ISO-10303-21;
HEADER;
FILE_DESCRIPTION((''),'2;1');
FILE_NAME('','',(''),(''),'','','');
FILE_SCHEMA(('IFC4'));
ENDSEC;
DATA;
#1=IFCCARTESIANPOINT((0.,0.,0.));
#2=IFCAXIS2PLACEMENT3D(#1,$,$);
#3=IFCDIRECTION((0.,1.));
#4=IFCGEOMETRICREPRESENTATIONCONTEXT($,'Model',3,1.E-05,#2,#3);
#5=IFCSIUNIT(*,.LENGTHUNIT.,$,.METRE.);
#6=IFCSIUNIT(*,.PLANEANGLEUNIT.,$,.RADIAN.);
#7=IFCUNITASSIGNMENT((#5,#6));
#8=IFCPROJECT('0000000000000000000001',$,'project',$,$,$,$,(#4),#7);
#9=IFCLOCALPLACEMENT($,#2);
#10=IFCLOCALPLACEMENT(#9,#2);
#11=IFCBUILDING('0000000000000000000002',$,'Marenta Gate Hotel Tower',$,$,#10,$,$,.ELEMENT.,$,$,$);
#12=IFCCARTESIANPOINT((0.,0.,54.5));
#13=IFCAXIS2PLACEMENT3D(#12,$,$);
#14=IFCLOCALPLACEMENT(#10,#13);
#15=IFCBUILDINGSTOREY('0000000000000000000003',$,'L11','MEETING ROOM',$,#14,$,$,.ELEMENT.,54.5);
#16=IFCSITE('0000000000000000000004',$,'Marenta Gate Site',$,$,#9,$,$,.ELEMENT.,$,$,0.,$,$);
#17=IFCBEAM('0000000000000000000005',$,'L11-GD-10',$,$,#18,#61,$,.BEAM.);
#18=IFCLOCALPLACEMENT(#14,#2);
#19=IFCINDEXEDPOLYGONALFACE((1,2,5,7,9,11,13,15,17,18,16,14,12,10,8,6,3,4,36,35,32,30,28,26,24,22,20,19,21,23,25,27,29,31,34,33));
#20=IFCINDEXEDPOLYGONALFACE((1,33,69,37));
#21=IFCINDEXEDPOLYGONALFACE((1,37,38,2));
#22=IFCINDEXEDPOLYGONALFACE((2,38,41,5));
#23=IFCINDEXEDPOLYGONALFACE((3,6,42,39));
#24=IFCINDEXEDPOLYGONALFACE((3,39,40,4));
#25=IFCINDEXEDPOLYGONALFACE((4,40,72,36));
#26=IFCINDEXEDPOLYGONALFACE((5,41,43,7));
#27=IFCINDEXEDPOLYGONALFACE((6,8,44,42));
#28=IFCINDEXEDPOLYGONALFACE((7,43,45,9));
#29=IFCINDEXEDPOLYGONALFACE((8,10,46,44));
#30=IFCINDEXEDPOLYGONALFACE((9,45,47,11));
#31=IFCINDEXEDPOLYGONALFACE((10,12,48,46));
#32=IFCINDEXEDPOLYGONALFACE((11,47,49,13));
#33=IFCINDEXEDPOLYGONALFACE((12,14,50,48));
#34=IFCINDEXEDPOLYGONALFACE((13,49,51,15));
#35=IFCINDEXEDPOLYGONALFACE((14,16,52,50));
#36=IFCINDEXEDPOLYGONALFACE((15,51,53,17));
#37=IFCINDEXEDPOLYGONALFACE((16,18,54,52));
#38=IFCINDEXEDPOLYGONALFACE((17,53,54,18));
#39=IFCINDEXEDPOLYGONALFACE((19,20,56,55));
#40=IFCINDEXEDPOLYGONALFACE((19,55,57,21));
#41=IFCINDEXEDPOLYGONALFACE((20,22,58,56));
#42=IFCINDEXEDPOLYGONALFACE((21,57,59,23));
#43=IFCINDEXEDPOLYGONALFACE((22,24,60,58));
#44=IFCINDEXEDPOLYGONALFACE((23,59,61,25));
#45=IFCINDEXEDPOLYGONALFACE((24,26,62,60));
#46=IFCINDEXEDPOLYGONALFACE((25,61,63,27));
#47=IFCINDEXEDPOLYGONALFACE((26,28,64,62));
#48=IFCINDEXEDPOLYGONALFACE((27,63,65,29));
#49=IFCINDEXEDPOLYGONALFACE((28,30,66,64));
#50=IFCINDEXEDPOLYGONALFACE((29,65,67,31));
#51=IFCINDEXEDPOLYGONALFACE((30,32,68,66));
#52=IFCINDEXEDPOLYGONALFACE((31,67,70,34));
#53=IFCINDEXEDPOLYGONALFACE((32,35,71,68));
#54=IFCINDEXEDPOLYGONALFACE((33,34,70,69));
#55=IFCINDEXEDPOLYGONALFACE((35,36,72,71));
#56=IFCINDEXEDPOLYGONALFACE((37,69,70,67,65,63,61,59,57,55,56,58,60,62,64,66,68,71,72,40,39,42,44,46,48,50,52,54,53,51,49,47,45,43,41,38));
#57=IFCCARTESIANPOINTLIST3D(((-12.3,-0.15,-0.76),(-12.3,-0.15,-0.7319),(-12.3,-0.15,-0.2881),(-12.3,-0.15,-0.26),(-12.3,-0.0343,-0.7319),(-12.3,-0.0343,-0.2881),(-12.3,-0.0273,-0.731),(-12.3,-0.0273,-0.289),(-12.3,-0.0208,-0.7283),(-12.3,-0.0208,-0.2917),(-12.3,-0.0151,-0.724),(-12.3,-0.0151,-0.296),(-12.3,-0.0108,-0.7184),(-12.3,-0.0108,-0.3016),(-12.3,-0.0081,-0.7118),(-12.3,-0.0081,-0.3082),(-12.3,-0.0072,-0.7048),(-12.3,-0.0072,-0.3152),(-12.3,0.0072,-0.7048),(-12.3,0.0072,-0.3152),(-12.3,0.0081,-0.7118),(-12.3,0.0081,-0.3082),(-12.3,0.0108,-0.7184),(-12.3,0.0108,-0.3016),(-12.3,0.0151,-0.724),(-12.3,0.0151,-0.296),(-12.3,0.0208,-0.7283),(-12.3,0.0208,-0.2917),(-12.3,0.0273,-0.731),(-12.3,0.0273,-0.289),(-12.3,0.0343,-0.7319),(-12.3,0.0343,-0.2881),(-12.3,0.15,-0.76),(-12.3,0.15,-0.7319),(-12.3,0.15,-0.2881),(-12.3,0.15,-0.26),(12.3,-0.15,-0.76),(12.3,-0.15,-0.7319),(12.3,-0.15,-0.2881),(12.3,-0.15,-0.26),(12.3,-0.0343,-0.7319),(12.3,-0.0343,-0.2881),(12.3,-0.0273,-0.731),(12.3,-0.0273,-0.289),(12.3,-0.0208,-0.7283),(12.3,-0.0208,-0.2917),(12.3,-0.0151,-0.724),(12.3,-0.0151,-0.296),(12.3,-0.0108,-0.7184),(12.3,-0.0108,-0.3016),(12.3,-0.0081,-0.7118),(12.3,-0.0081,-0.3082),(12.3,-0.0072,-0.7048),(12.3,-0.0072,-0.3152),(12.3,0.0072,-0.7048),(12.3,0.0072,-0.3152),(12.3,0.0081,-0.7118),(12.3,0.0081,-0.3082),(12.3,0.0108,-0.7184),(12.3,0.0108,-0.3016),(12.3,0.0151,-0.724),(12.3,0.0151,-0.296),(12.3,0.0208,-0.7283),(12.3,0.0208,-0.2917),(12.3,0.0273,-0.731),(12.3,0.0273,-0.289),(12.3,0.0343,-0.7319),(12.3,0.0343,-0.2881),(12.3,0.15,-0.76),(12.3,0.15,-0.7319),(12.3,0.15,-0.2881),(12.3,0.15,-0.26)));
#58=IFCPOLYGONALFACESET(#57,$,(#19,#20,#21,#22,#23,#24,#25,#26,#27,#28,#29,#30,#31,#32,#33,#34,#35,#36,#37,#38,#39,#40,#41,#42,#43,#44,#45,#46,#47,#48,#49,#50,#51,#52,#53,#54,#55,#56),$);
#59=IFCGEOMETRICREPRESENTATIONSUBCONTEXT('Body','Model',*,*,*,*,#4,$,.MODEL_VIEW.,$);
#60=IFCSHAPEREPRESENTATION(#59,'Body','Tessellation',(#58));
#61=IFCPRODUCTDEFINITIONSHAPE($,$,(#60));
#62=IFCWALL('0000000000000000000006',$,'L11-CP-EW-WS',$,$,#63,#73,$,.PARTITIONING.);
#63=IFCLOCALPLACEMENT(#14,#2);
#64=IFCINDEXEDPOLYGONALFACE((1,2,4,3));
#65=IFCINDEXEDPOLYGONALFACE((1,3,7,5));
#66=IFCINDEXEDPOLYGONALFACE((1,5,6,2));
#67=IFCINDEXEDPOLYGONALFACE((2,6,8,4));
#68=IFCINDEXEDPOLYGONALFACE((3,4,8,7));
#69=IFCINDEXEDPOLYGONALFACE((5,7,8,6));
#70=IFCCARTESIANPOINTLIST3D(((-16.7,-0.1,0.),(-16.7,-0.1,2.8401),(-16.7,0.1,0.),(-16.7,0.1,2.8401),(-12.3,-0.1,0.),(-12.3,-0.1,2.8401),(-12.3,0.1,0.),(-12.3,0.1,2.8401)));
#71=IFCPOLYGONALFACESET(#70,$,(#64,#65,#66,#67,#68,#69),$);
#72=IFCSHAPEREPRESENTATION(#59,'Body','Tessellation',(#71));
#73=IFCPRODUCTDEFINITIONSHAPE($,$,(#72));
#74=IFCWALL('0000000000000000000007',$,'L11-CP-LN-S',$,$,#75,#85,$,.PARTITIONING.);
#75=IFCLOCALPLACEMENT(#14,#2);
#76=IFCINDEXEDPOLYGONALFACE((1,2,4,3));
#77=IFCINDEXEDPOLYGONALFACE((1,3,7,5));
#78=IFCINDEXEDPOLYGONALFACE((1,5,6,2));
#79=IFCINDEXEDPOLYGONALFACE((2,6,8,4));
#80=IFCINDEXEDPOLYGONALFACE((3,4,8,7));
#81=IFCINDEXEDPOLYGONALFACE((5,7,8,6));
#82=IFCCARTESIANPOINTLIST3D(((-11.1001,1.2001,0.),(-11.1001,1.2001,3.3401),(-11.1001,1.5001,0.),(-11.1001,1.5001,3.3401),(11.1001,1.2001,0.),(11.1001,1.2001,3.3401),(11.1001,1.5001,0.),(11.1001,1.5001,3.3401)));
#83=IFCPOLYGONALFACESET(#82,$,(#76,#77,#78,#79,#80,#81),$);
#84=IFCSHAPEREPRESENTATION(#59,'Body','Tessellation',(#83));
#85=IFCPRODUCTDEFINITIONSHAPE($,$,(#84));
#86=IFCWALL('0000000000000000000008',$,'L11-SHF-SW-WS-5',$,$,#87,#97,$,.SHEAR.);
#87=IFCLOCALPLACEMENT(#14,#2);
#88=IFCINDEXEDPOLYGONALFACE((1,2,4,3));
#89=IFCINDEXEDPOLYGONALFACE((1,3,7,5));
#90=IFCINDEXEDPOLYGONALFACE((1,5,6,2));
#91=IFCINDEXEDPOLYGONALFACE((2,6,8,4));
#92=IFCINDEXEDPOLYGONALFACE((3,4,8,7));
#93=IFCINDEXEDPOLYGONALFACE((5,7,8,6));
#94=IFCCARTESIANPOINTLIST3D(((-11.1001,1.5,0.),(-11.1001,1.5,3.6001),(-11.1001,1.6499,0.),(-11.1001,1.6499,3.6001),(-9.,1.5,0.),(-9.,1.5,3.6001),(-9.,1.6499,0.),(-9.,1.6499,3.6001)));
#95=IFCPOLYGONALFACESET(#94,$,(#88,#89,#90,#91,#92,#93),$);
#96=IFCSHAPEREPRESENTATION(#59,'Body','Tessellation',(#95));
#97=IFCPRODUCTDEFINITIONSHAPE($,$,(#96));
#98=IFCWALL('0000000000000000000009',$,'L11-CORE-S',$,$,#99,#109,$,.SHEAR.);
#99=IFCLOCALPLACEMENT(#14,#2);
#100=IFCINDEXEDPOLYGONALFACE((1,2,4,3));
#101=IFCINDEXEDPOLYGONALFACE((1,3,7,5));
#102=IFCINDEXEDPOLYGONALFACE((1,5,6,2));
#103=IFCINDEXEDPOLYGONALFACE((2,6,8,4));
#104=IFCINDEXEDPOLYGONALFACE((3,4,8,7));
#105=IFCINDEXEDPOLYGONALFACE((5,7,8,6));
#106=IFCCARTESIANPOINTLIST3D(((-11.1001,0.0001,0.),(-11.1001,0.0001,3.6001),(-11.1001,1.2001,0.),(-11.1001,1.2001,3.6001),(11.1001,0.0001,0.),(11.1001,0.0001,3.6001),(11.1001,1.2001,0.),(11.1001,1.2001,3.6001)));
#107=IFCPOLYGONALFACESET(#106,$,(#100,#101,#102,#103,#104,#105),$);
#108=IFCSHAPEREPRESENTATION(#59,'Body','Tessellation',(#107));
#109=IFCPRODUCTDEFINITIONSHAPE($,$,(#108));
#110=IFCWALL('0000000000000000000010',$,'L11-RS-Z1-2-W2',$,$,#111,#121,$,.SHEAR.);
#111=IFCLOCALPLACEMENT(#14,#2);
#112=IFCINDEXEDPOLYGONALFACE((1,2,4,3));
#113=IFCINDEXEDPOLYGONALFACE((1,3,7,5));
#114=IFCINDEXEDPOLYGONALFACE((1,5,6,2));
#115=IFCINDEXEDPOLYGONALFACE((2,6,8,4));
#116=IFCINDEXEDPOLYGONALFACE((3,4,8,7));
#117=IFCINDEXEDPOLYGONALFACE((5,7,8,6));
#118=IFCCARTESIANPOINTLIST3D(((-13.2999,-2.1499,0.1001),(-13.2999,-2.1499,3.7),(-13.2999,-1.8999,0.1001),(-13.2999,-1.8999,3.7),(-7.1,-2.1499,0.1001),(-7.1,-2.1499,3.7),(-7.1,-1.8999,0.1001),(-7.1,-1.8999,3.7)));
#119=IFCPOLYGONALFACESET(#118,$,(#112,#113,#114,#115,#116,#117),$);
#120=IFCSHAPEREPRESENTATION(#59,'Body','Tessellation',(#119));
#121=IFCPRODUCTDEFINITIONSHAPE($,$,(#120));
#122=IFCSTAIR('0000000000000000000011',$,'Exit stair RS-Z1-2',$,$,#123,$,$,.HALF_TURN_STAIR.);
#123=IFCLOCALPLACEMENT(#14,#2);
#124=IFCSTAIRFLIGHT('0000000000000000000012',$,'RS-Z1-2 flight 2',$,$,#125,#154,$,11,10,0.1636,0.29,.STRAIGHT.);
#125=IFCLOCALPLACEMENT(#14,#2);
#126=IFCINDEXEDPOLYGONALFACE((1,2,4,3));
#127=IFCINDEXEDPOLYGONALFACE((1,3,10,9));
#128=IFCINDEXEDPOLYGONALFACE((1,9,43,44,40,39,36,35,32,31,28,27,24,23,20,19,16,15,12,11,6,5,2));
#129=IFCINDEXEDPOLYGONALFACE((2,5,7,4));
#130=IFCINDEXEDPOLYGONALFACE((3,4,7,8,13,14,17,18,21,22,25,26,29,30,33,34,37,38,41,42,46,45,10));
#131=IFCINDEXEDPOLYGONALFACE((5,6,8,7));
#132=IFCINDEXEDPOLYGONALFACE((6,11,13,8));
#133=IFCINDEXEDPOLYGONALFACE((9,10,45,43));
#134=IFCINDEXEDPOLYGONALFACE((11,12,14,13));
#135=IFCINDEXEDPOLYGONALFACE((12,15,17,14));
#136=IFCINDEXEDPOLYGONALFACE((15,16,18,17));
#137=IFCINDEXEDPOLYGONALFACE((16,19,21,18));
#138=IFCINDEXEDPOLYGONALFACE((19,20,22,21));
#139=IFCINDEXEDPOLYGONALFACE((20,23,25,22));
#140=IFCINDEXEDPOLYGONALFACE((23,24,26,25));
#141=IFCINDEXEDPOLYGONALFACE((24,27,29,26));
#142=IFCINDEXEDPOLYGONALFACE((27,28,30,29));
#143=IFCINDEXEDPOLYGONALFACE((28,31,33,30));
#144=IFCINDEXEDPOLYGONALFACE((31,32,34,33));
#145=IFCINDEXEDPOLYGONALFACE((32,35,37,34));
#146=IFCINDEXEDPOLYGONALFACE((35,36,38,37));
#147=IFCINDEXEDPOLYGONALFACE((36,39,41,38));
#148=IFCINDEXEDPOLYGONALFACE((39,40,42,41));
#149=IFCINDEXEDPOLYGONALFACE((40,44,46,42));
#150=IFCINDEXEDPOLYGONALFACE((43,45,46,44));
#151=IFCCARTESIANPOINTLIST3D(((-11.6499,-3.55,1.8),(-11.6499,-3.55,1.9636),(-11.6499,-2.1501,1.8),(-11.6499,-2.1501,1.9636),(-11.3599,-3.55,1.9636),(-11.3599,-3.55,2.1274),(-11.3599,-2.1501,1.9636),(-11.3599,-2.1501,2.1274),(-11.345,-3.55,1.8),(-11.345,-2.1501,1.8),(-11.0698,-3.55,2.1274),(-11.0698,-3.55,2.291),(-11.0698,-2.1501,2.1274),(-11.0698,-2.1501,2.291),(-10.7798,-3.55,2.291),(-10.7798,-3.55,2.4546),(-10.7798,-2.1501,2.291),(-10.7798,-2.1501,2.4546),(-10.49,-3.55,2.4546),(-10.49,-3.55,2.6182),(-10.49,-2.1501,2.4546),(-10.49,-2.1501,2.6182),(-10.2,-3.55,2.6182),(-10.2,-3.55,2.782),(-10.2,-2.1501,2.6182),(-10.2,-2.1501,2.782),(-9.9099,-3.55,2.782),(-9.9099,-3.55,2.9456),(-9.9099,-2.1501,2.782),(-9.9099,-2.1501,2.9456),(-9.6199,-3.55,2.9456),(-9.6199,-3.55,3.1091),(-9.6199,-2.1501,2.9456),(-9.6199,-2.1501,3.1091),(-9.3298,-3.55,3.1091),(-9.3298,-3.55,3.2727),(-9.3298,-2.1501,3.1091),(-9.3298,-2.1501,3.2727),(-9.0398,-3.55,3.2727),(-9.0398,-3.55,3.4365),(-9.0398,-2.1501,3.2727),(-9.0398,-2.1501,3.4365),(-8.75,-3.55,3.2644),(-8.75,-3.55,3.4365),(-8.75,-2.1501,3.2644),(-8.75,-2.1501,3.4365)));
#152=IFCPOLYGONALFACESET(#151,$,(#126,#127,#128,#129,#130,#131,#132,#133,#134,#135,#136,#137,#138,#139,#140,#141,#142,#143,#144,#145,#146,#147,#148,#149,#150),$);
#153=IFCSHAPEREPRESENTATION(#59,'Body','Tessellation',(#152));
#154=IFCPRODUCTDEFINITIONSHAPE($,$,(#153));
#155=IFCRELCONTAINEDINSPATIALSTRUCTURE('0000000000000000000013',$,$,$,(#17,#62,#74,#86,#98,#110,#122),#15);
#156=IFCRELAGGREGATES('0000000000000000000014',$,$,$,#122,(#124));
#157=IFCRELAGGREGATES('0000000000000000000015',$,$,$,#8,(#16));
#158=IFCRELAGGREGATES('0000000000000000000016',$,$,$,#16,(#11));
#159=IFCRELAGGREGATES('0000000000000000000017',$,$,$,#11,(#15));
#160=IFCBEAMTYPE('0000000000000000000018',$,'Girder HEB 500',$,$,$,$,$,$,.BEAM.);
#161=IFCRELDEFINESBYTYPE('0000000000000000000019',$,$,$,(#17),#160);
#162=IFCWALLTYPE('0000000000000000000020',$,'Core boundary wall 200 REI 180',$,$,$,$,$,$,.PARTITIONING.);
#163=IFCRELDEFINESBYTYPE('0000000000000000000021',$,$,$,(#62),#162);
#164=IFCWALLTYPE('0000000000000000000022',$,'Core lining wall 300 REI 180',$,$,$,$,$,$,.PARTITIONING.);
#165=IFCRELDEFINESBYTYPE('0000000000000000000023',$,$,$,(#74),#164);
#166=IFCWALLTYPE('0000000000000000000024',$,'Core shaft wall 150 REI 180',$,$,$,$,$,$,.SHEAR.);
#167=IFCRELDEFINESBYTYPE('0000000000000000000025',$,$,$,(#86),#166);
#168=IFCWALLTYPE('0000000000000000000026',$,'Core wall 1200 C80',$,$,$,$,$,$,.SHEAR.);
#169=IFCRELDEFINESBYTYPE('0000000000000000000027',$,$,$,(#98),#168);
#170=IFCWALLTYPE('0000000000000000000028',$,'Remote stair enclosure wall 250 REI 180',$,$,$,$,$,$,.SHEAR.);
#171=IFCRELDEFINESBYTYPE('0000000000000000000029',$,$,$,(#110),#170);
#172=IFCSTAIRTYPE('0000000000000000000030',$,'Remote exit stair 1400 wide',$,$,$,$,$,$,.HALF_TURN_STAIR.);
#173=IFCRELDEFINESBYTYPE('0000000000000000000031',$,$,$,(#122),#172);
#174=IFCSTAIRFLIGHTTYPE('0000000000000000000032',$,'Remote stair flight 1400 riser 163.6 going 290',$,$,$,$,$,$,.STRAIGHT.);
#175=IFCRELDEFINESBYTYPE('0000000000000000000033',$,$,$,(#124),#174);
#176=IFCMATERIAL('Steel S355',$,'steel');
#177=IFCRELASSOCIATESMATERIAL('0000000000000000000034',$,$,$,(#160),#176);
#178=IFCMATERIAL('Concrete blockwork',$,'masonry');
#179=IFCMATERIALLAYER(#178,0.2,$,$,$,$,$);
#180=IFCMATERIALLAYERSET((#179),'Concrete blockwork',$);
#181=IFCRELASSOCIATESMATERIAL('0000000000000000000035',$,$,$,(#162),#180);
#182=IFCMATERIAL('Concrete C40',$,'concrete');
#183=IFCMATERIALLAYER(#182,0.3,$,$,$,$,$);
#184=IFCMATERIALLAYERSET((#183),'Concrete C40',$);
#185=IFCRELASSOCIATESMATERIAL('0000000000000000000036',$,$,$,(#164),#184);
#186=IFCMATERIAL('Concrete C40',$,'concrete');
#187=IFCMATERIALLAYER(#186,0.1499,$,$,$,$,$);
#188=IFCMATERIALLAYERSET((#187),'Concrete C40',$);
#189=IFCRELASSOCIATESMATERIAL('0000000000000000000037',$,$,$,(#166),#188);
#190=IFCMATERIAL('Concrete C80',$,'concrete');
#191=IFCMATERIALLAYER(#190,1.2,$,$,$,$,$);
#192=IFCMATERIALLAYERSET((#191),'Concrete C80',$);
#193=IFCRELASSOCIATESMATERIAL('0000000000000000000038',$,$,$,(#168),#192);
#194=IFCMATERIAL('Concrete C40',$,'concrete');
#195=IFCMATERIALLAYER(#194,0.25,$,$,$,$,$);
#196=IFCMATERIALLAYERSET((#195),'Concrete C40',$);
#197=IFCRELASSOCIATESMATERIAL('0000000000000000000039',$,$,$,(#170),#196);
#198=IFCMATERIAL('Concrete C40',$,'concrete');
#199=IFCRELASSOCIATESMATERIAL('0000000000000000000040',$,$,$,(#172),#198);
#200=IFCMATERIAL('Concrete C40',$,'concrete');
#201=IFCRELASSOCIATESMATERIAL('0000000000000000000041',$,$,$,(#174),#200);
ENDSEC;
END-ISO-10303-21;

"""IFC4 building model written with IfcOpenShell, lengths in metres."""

from ifc_helpers import new_model, si_unit, direction, frame, frame_2d, origin, origin_2d, place, context, subcontext, project, spatial, polyline, rectangle, i_section, outline, extrude, material, layer, layer_set, material_profile, profile_set, type_object, element, aggregate, save


model = new_model("IFC4")

# Units and contexts
model_context = context("Model", 3, precision=1e-05, world=origin(), true_north=direction((0.0, 1.0)))
body_context = subcontext(model_context, "Body", "Model", "MODEL_VIEW")
ifc_project = project(units=[si_unit("LENGTHUNIT", "METRE"), si_unit("PLANEANGLEUNIT", "RADIAN")], contexts=[model_context])

# Site, building, storey
site_placement = place(None, origin())
site = spatial("IfcSite", under=ifc_project, at=site_placement, Name="Marenta Gate Site", CompositionType="ELEMENT", RefElevation=0.0)
building_placement = place(site_placement, origin())
building = spatial("IfcBuilding", under=site, at=building_placement, Name="Marenta Gate Hotel Tower", CompositionType="ELEMENT")
storey_placement = place(building_placement, frame((0.0, 0.0, 54.5)))
storey = spatial("IfcBuildingStorey", under=building, at=storey_placement, Name="L11", Description="MEETING ROOM", CompositionType="ELEMENT", Elevation=54.5)

# Beam
ifc_material_1 = material(Name="Steel S355", Category="steel")
ifc_material_profile = material_profile(ifc_material_1, i_section(OverallWidth=0.3, OverallDepth=0.5, WebThickness=0.0144, FlangeThickness=0.0281, FilletRadius=0.0271, at=origin_2d()), Name="HEB 500")
ifc_profile_set = profile_set([ifc_material_profile], Name="Steel S355")
beam_type = type_object("IfcBeamType", Name="Girder HEB 500", PredefinedType="BEAM", material=ifc_profile_set)
beam_placement = place(storey_placement, frame((-12.3, 0.0, -0.51), z_axis=(1.0, 0.0, 0.0), x_axis=(0.0, 1.0, 0.0)))
element("IfcBeam", 1, at=beam_placement, inside=storey, type_object=beam_type, Name="L11-GD-10", PredefinedType="BEAM", context=body_context, shape_type="SweptSolid", body=[
    extrude(i_section(OverallWidth=0.3, OverallDepth=0.5, WebThickness=0.0144, FlangeThickness=0.0281, FilletRadius=0.0271, at=origin_2d()), origin(), (0.0, 0.0, 1.0), 24.6001),
])

# Walls
ifc_material_2 = material(Name="Concrete blockwork", Category="masonry")
ifc_layer_1 = layer(ifc_material_2, 0.2)
ifc_layer_set_1 = layer_set([ifc_layer_1], Name="Concrete blockwork")
wall_type_1 = type_object("IfcWallType", Name="Core boundary wall 200 REI 180", PredefinedType="PARTITIONING", material=ifc_layer_set_1)
wall_1_placement = place(storey_placement, frame((-16.7, 0.0, 0.0), z_axis=(0.0, 0.0, 1.0), x_axis=(1.0, 0.0, 0.0)))
element("IfcWall", 2, at=wall_1_placement, inside=storey, type_object=wall_type_1, Name="L11-CP-EW-WS", PredefinedType="PARTITIONING", context=body_context, shape_type="SweptSolid", body=[
    extrude(rectangle(XDim=4.3999, YDim=0.2, at=frame_2d((2.2, 0.0))), origin(), (0.0, 0.0, 1.0), 2.8401),
])
ifc_material_3 = material(Name="Concrete C40", Category="concrete")
ifc_layer_2 = layer(ifc_material_3, 0.3)
ifc_layer_set_2 = layer_set([ifc_layer_2], Name="Concrete C40")
wall_type_2 = type_object("IfcWallType", Name="Core lining wall 300 REI 180", PredefinedType="PARTITIONING", material=ifc_layer_set_2)
wall_2_placement = place(storey_placement, frame((-11.1001, 1.3501, 0.0), z_axis=(0.0, 0.0, 1.0), x_axis=(1.0, 0.0, 0.0)))
element("IfcWall", 3, at=wall_2_placement, inside=storey, type_object=wall_type_2, Name="L11-CP-LN-S", PredefinedType="PARTITIONING", context=body_context, shape_type="SweptSolid", body=[
    extrude(rectangle(XDim=22.2002, YDim=0.3, at=frame_2d((11.1001, 0.0))), origin(), (0.0, 0.0, 1.0), 3.3401),
])
ifc_material_4 = material(Name="Concrete C40", Category="concrete")
ifc_layer_3 = layer(ifc_material_4, 0.1499)
ifc_layer_set_3 = layer_set([ifc_layer_3], Name="Concrete C40")
wall_type_3 = type_object("IfcWallType", Name="Core shaft wall 150 REI 180", PredefinedType="SHEAR", material=ifc_layer_set_3)
wall_3_placement = place(storey_placement, frame((-11.1001, 1.575, 0.0), z_axis=(0.0, 0.0, 1.0), x_axis=(1.0, 0.0, 0.0)))
element("IfcWall", 4, at=wall_3_placement, inside=storey, type_object=wall_type_3, Name="L11-SHF-SW-WS-5", PredefinedType="SHEAR", context=body_context, shape_type="SweptSolid", body=[
    extrude(rectangle(XDim=2.1001, YDim=0.1499, at=frame_2d((1.05, 0.0))), origin(), (0.0, 0.0, 1.0), 3.6001),
])

# Shared definitions
ifc_material_5 = material(Name="Concrete C80", Category="concrete")
ifc_layer_4 = layer(ifc_material_5, 1.2)
ifc_layer_set_4 = layer_set([ifc_layer_4], Name="Concrete C80")
wall_type_4 = type_object("IfcWallType", Name="Core wall 1200 C80", PredefinedType="SHEAR", material=ifc_layer_set_4)

# Walls
wall_4_placement = place(storey_placement, frame((-11.1001, 0.6001, 0.0), z_axis=(0.0, 0.0, 1.0), x_axis=(1.0, 0.0, 0.0)))
element("IfcWall", 5, at=wall_4_placement, inside=storey, type_object=wall_type_4, Name="L11-CORE-S", PredefinedType="SHEAR", context=body_context, shape_type="SweptSolid", body=[
    extrude(rectangle(XDim=22.2002, YDim=1.2, at=frame_2d((11.1001, 0.0))), origin(), (0.0, 0.0, 1.0), 3.6001),
])
ifc_material_6 = material(Name="Concrete C40", Category="concrete")
ifc_layer_5 = layer(ifc_material_6, 0.25)
ifc_layer_set_5 = layer_set([ifc_layer_5], Name="Concrete C40")
wall_type_5 = type_object("IfcWallType", Name="Remote stair enclosure wall 250 REI 180", PredefinedType="SHEAR", material=ifc_layer_set_5)
wall_5_placement = place(storey_placement, frame((-13.3, -2.0249, 0.1001), z_axis=(0.0, 0.0, 1.0), x_axis=(1.0, 0.0, 0.0)))
element("IfcWall", 6, at=wall_5_placement, inside=storey, type_object=wall_type_5, Name="L11-RS-Z1-2-W2", PredefinedType="SHEAR", context=body_context, shape_type="SweptSolid", body=[
    extrude(rectangle(XDim=6.2, YDim=0.25, at=frame_2d((3.1001, 0.0))), origin(), (0.0, 0.0, 1.0), 3.5999),
])

# Stair, stair flight
ifc_material_7 = material(Name="Concrete C40", Category="concrete")
stair_type = type_object("IfcStairType", Name="Remote exit stair 1400 wide", PredefinedType="HALF_TURN_STAIR", material=ifc_material_7)
stair_placement = place(storey_placement, origin())
stair = element("IfcStair", 7, at=stair_placement, inside=storey, type_object=stair_type, Name="Exit stair RS-Z1-2", PredefinedType="HALF_TURN_STAIR")
ifc_material_8 = material(Name="Concrete C40", Category="concrete")
stair_flight_type = type_object("IfcStairFlightType", Name="Remote stair flight 1400 riser 163.6 going 290", PredefinedType="STRAIGHT", material=ifc_material_8)
stair_flight_placement = place(storey_placement, frame((-11.6499, -2.8501, 1.8), z_axis=(0.0, 0.0, 1.0), x_axis=(1.0, 0.0, 0.0)))
stair_flight = element("IfcStairFlight", 8, at=stair_flight_placement, type_object=stair_flight_type, Name="RS-Z1-2 flight 2", NumberOfRisers=11, NumberOfTreads=10, PredefinedType="STRAIGHT", RiserHeight=0.1636, TreadLength=0.29, context=body_context, shape_type="SweptSolid", body=[
    extrude(outline(polyline([(0.0, 0.0), (0.0, 0.1636), (0.29, 0.1636), (0.29, 0.3274), (0.5801, 0.3274), (0.5801, 0.491), (0.8701, 0.491), (0.8701, 0.6545), (1.1599, 0.6545), (1.1599, 0.8181), (1.45, 0.8181), (1.45, 0.9819), (1.74, 0.9819), (1.74, 1.1455), (2.03, 1.1455), (2.03, 1.3091), (2.3201, 1.3091), (2.3201, 1.4727), (2.6101, 1.4727), (2.6101, 1.6365), (2.8999, 1.6365), (2.8999, 1.8), (2.8999, 1.4644), (0.3049, 0.0), (0.0, 0.0)])), frame((0.0, 0.7, 0.0), z_axis=(0.0, -1.0, 0.0), x_axis=(1.0, 0.0, 0.0)), (0.0, 0.0, 1.0), 1.3999),
])
aggregate(stair, [stair_flight])

save(model, "model.ifc")
